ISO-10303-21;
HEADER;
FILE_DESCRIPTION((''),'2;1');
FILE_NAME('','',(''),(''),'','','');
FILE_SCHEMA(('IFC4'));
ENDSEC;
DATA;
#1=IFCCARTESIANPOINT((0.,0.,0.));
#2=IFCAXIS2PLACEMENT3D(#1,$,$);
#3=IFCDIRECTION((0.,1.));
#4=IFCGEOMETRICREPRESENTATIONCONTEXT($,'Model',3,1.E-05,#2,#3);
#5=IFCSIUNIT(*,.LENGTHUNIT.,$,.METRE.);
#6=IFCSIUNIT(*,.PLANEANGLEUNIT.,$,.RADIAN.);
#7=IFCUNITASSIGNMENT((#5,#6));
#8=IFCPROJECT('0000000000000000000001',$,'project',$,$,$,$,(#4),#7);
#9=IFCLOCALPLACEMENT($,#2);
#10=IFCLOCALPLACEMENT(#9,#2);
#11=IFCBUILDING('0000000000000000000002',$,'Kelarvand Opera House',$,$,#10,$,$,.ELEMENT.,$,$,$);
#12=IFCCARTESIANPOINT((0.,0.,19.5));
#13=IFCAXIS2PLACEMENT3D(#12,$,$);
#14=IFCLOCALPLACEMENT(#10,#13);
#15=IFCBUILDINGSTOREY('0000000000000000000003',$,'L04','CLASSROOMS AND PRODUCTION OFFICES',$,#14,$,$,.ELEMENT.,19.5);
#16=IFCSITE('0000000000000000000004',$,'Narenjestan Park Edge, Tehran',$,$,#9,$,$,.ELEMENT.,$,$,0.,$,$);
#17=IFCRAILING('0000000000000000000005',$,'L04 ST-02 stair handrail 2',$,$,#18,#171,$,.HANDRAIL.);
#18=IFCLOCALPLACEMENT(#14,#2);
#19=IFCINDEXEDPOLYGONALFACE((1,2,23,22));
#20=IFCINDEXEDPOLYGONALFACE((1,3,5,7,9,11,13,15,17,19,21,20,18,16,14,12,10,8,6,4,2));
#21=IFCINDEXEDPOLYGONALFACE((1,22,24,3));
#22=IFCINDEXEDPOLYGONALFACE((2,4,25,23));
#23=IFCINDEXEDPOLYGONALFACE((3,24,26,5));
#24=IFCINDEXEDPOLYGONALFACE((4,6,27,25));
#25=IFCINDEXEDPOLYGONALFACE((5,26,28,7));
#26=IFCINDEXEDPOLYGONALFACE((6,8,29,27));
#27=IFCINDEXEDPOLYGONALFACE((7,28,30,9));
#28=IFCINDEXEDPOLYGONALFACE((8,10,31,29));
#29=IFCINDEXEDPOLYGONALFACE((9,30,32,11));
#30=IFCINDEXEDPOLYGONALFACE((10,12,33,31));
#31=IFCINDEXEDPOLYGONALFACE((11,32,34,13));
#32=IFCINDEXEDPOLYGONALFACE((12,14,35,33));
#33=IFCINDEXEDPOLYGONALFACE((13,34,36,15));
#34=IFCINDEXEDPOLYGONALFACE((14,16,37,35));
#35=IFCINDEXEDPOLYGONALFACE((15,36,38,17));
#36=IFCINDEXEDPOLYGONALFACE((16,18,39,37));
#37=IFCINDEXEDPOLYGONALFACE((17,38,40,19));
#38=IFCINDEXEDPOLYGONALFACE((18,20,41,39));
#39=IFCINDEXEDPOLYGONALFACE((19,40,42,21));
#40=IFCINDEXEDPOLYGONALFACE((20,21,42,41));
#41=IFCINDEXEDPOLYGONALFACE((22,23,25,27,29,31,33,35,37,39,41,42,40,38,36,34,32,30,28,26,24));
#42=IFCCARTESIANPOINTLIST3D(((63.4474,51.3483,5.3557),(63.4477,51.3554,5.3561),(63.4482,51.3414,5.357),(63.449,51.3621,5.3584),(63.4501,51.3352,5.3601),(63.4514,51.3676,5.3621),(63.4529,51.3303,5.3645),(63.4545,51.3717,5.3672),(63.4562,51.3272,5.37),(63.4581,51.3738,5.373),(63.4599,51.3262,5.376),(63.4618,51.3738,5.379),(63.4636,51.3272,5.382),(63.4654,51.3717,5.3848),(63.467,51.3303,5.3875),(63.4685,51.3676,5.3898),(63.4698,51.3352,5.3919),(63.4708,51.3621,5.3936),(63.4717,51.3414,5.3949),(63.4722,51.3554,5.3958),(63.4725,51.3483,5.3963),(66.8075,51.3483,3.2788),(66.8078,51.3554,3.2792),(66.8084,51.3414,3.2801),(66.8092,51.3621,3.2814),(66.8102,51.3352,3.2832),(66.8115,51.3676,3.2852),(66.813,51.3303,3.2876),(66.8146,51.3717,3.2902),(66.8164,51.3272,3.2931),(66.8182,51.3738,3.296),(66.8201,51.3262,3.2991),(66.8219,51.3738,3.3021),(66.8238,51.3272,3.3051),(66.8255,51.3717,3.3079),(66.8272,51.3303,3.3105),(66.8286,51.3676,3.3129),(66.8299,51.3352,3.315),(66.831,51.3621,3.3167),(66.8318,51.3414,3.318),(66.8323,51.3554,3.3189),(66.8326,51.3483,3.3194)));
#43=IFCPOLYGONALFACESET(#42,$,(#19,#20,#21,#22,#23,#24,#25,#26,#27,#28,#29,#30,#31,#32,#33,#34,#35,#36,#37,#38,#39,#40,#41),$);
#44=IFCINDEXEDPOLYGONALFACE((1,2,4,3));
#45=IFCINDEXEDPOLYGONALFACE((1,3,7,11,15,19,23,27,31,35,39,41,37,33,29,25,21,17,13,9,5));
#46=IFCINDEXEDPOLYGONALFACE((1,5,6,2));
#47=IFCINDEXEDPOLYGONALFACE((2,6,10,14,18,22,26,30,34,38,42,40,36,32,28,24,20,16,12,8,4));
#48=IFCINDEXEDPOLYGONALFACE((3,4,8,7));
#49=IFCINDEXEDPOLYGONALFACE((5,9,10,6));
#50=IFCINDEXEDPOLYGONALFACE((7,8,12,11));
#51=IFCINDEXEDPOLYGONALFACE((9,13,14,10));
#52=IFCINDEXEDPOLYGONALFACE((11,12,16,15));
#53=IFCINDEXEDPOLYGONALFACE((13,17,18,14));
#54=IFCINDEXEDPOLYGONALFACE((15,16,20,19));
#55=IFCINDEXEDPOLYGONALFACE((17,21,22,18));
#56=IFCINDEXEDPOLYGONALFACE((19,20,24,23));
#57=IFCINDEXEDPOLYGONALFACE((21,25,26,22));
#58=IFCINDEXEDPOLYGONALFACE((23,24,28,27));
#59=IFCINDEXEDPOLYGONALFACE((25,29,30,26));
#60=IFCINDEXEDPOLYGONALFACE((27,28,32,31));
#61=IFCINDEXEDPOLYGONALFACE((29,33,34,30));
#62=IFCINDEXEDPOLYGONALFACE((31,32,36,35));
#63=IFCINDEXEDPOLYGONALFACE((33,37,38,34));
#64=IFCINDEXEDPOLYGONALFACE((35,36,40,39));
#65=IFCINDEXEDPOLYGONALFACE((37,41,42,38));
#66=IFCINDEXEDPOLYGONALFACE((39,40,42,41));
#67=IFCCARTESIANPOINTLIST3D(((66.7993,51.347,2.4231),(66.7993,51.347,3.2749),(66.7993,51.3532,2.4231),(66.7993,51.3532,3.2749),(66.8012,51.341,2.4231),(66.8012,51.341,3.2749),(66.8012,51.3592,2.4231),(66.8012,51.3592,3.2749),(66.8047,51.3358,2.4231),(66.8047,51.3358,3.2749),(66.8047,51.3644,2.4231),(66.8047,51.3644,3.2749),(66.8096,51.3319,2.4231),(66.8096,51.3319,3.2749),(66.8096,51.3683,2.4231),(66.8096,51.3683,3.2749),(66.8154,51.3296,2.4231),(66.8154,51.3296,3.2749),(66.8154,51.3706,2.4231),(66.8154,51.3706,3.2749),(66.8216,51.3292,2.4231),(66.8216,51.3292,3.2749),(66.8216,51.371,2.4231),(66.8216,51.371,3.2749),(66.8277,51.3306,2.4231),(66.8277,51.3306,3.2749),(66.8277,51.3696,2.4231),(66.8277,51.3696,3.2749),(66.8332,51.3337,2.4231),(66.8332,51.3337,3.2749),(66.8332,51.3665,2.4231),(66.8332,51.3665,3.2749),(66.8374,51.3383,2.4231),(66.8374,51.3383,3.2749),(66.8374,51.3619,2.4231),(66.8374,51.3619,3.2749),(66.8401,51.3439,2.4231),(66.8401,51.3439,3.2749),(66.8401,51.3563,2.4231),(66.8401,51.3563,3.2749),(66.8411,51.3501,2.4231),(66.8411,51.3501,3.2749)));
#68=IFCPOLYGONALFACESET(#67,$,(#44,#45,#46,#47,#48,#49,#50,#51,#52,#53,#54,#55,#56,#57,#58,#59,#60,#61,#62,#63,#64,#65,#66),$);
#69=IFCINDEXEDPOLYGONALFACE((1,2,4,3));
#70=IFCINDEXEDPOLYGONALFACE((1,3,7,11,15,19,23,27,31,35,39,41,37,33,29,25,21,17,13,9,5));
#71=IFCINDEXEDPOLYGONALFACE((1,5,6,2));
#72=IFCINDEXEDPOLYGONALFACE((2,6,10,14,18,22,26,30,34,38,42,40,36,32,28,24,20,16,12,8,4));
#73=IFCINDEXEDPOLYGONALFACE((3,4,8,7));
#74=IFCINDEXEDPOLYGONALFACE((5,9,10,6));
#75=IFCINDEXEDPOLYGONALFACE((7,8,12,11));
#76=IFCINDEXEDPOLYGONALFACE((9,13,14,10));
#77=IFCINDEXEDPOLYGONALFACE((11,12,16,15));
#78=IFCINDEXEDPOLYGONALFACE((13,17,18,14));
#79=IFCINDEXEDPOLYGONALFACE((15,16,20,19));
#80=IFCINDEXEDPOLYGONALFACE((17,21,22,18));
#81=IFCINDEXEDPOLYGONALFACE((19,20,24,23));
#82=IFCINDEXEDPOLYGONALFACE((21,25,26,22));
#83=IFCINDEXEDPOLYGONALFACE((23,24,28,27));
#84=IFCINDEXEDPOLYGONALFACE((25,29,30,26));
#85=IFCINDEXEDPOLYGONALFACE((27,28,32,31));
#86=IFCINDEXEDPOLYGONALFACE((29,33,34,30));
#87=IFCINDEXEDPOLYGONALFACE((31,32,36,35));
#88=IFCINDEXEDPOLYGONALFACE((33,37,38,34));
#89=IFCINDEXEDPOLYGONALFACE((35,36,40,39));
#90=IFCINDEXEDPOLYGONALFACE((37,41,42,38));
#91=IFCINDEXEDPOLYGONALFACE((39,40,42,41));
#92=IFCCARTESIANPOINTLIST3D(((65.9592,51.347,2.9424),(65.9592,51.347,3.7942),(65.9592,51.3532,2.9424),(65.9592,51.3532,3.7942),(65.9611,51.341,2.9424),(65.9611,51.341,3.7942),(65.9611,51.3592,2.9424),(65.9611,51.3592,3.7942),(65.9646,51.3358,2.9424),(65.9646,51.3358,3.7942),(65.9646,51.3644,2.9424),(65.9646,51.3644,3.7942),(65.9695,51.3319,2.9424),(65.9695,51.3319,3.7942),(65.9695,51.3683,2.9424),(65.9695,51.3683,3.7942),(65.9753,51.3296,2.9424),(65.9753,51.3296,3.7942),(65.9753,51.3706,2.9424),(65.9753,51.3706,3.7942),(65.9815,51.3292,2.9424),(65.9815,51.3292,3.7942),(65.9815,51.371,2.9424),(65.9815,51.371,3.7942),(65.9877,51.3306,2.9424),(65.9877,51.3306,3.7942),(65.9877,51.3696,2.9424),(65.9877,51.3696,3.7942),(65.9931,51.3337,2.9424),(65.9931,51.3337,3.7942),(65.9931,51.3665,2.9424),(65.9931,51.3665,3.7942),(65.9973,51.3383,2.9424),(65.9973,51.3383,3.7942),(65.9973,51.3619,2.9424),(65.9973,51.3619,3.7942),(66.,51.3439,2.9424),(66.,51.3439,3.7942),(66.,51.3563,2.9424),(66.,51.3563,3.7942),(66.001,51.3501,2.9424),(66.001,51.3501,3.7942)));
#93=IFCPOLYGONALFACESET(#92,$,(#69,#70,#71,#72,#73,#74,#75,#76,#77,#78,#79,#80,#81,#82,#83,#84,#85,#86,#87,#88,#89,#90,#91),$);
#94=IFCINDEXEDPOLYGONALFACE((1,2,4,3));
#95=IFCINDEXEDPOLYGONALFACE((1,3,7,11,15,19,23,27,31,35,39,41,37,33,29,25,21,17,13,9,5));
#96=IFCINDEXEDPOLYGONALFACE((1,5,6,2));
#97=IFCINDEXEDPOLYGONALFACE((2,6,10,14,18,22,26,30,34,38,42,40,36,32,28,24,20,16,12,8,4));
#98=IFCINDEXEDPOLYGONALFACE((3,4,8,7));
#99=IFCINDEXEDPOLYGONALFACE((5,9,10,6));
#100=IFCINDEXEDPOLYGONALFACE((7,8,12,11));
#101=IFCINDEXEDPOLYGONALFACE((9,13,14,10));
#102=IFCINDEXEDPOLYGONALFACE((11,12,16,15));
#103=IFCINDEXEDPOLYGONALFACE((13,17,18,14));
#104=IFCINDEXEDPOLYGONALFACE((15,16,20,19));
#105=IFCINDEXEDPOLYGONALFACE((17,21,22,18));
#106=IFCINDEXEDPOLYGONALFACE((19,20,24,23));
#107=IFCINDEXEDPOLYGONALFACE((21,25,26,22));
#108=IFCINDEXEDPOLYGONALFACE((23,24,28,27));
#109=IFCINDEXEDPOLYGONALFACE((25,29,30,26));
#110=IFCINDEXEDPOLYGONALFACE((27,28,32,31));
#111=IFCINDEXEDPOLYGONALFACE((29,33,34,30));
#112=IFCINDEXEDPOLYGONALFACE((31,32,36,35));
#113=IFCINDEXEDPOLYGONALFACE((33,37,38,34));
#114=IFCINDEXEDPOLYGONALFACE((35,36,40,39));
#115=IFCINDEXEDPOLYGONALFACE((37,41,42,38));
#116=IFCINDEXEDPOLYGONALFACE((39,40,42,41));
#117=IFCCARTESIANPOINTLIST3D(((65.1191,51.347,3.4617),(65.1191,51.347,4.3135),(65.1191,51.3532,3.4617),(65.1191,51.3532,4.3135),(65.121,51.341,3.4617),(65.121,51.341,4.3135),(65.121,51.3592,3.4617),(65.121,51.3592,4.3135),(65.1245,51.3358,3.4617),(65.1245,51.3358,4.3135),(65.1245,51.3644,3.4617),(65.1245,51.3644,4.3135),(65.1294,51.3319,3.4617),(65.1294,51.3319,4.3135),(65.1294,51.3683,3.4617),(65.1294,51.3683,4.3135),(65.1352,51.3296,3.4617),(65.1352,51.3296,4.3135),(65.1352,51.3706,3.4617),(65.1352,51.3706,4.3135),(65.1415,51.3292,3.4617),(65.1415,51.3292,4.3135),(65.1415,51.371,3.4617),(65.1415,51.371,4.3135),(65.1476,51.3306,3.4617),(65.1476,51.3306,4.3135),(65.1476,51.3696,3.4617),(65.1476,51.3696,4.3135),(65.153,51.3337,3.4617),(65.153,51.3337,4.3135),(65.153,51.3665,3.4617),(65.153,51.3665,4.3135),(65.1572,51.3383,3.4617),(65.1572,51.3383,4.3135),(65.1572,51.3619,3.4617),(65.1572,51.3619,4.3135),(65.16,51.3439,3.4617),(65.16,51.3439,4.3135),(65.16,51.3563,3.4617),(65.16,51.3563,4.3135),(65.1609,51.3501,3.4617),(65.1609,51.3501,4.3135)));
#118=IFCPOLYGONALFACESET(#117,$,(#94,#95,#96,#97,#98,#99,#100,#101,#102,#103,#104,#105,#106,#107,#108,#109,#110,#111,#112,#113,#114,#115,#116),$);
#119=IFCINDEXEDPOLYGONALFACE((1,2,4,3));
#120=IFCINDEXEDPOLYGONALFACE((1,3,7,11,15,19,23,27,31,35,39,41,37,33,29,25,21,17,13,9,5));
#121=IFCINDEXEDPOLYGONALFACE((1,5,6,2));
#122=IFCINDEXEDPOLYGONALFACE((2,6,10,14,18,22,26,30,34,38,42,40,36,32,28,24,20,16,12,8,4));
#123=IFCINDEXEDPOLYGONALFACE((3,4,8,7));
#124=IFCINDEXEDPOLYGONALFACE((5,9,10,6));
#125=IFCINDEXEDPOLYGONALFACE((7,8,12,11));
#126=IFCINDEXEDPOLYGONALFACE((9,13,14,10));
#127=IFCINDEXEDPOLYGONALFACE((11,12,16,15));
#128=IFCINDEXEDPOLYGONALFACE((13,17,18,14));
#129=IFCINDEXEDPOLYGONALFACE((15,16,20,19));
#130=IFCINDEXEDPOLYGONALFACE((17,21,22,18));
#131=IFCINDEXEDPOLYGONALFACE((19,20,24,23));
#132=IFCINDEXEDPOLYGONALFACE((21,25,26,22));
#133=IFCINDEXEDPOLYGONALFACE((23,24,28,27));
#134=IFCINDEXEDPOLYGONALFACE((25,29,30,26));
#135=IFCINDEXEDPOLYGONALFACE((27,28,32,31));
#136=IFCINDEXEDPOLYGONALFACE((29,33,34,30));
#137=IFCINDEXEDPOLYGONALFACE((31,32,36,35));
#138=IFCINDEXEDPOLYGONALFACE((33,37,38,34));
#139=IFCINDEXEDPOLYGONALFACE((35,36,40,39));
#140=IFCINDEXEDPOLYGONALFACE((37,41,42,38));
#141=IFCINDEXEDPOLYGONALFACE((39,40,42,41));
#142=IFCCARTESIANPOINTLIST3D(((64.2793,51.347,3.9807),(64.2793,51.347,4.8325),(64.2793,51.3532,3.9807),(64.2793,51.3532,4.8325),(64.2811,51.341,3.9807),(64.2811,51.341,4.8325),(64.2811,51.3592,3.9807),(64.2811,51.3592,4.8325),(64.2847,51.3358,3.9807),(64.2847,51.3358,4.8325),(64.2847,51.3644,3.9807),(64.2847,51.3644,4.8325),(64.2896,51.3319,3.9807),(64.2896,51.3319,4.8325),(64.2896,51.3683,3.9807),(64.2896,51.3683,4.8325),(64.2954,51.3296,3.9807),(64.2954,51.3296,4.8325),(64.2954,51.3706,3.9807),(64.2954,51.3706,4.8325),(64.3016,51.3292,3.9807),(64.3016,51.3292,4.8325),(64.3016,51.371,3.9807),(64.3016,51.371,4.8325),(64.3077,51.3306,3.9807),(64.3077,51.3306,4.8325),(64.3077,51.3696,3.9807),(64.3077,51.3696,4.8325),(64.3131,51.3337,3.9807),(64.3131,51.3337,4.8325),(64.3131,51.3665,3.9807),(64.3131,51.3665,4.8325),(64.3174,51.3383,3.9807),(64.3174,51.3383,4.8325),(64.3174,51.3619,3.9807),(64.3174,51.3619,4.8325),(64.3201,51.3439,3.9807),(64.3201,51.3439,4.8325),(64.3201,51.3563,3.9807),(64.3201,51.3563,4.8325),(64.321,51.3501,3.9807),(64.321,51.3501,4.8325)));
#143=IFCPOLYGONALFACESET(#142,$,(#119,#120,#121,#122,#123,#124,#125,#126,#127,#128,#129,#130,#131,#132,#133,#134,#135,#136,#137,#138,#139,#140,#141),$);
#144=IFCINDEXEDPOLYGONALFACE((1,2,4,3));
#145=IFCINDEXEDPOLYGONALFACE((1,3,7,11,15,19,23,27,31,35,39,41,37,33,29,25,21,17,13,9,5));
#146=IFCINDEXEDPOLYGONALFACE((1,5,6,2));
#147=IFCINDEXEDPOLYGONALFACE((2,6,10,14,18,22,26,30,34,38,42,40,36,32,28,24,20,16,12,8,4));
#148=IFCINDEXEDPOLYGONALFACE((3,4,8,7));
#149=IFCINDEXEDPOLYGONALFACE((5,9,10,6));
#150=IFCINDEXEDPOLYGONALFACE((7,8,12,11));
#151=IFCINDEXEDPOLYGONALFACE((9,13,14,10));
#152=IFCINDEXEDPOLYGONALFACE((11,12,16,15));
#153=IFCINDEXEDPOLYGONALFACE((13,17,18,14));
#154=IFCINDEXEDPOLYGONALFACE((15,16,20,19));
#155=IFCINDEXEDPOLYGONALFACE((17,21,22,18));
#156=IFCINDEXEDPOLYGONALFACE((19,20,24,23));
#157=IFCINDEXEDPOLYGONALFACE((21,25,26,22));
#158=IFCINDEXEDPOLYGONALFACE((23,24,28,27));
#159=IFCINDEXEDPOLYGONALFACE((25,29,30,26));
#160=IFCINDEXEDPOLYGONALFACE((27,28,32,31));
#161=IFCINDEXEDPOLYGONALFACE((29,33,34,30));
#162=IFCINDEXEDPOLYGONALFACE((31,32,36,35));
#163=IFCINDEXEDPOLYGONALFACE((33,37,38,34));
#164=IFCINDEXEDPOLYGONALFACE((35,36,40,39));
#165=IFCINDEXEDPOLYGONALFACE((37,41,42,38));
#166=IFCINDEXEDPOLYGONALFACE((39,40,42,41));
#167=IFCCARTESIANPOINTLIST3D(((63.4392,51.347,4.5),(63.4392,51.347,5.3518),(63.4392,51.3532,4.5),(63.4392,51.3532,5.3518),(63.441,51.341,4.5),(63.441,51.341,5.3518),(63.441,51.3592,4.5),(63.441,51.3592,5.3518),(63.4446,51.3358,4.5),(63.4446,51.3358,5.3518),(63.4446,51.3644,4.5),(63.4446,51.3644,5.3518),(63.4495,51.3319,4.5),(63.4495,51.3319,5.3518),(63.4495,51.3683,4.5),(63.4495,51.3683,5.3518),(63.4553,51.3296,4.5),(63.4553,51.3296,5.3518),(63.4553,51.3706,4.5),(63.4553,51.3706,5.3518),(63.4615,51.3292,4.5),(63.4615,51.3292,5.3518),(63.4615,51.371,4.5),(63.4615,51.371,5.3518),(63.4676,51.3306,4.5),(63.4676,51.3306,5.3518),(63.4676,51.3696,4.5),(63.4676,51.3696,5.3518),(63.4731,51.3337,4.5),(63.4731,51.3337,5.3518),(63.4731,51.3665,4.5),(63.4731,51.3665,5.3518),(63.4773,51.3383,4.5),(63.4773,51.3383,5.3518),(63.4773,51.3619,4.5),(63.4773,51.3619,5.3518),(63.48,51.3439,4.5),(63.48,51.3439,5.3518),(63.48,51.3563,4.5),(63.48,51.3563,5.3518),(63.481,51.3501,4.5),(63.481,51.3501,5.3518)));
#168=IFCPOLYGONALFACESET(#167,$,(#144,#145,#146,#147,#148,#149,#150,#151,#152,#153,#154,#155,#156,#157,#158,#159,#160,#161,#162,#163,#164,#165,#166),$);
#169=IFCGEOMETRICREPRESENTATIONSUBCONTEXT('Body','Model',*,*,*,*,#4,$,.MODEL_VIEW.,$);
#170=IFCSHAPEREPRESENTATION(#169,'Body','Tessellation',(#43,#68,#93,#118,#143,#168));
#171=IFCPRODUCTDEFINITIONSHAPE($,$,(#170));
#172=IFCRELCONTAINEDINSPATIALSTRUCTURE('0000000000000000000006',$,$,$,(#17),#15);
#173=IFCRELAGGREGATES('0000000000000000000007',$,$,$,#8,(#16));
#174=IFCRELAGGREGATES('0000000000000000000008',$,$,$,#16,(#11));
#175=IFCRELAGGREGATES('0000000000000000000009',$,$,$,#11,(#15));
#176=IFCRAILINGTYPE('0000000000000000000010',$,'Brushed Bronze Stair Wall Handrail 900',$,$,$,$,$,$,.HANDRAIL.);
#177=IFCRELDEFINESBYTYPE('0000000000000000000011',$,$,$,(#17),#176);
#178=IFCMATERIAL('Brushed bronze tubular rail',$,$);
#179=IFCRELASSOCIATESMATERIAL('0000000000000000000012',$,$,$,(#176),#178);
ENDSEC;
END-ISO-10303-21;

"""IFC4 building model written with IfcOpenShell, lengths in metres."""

from ifc_helpers import new_model, si_unit, direction, frame, origin, origin_2d, place, context, subcontext, project, spatial, circle, extrude, material, type_object, element, save


model = new_model("IFC4")

# Units and contexts
model_context = context("Model", 3, precision=1e-05, world=origin(), true_north=direction((0.0, 1.0)))
body_context = subcontext(model_context, "Body", "Model", "MODEL_VIEW")
ifc_project = project(units=[si_unit("LENGTHUNIT", "METRE"), si_unit("PLANEANGLEUNIT", "RADIAN")], contexts=[model_context])

# Site, building, storey
site_placement = place(None, origin())
site = spatial("IfcSite", under=ifc_project, at=site_placement, Name="Narenjestan Park Edge, Tehran", CompositionType="ELEMENT", RefElevation=0.0)
building_placement = place(site_placement, origin())
building = spatial("IfcBuilding", under=site, at=building_placement, Name="Kelarvand Opera House", CompositionType="ELEMENT")
storey_placement = place(building_placement, frame((0.0, 0.0, 19.5)))
storey = spatial("IfcBuildingStorey", under=building, at=storey_placement, Name="L04", Description="CLASSROOMS AND PRODUCTION OFFICES", CompositionType="ELEMENT", Elevation=19.5)

# Railing
ifc_material_1 = material(Name="Brushed bronze tubular rail")
railing_type_1 = type_object("IfcRailingType", Name="Brushed Bronze Stair Wall Handrail 900", PredefinedType="HANDRAIL", material=ifc_material_1)
railing_1_placement = place(storey_placement, frame((66.8201, 51.3501, 2.4231)))
element("IfcRailing", 1, at=railing_1_placement, inside=storey, type_object=railing_type_1, Name="L04 ST-02 stair handrail 2", PredefinedType="HANDRAIL", context=body_context, shape_type="SweptSolid", body=[
    extrude(circle(Radius=0.0239, at=origin_2d()), frame((0.0, 0.0, 0.876), z_axis=(-0.850623, 0.0, 0.525776), x_axis=(0.0, -1.0, 0.0)), (0.0, 0.0, 1.0), 3.9502),
    extrude(circle(Radius=0.021, at=origin_2d()), origin(), (0.0, 0.0, 1.0), 0.8518),
    extrude(circle(Radius=0.021, at=origin_2d()), frame((-0.8401, 0.0, 0.5193)), (0.0, 0.0, 1.0), 0.8518),
    extrude(circle(Radius=0.021, at=origin_2d()), frame((-1.6802, 0.0, 1.0386)), (0.0, 0.0, 1.0), 0.8518),
    extrude(circle(Radius=0.021, at=origin_2d()), frame((-2.52, 0.0, 1.5576)), (0.0, 0.0, 1.0), 0.8518),
    extrude(circle(Radius=0.021, at=origin_2d()), frame((-3.3601, 0.0, 2.0769)), (0.0, 0.0, 1.0), 0.8518),
])

save(model, "model.ifc")
